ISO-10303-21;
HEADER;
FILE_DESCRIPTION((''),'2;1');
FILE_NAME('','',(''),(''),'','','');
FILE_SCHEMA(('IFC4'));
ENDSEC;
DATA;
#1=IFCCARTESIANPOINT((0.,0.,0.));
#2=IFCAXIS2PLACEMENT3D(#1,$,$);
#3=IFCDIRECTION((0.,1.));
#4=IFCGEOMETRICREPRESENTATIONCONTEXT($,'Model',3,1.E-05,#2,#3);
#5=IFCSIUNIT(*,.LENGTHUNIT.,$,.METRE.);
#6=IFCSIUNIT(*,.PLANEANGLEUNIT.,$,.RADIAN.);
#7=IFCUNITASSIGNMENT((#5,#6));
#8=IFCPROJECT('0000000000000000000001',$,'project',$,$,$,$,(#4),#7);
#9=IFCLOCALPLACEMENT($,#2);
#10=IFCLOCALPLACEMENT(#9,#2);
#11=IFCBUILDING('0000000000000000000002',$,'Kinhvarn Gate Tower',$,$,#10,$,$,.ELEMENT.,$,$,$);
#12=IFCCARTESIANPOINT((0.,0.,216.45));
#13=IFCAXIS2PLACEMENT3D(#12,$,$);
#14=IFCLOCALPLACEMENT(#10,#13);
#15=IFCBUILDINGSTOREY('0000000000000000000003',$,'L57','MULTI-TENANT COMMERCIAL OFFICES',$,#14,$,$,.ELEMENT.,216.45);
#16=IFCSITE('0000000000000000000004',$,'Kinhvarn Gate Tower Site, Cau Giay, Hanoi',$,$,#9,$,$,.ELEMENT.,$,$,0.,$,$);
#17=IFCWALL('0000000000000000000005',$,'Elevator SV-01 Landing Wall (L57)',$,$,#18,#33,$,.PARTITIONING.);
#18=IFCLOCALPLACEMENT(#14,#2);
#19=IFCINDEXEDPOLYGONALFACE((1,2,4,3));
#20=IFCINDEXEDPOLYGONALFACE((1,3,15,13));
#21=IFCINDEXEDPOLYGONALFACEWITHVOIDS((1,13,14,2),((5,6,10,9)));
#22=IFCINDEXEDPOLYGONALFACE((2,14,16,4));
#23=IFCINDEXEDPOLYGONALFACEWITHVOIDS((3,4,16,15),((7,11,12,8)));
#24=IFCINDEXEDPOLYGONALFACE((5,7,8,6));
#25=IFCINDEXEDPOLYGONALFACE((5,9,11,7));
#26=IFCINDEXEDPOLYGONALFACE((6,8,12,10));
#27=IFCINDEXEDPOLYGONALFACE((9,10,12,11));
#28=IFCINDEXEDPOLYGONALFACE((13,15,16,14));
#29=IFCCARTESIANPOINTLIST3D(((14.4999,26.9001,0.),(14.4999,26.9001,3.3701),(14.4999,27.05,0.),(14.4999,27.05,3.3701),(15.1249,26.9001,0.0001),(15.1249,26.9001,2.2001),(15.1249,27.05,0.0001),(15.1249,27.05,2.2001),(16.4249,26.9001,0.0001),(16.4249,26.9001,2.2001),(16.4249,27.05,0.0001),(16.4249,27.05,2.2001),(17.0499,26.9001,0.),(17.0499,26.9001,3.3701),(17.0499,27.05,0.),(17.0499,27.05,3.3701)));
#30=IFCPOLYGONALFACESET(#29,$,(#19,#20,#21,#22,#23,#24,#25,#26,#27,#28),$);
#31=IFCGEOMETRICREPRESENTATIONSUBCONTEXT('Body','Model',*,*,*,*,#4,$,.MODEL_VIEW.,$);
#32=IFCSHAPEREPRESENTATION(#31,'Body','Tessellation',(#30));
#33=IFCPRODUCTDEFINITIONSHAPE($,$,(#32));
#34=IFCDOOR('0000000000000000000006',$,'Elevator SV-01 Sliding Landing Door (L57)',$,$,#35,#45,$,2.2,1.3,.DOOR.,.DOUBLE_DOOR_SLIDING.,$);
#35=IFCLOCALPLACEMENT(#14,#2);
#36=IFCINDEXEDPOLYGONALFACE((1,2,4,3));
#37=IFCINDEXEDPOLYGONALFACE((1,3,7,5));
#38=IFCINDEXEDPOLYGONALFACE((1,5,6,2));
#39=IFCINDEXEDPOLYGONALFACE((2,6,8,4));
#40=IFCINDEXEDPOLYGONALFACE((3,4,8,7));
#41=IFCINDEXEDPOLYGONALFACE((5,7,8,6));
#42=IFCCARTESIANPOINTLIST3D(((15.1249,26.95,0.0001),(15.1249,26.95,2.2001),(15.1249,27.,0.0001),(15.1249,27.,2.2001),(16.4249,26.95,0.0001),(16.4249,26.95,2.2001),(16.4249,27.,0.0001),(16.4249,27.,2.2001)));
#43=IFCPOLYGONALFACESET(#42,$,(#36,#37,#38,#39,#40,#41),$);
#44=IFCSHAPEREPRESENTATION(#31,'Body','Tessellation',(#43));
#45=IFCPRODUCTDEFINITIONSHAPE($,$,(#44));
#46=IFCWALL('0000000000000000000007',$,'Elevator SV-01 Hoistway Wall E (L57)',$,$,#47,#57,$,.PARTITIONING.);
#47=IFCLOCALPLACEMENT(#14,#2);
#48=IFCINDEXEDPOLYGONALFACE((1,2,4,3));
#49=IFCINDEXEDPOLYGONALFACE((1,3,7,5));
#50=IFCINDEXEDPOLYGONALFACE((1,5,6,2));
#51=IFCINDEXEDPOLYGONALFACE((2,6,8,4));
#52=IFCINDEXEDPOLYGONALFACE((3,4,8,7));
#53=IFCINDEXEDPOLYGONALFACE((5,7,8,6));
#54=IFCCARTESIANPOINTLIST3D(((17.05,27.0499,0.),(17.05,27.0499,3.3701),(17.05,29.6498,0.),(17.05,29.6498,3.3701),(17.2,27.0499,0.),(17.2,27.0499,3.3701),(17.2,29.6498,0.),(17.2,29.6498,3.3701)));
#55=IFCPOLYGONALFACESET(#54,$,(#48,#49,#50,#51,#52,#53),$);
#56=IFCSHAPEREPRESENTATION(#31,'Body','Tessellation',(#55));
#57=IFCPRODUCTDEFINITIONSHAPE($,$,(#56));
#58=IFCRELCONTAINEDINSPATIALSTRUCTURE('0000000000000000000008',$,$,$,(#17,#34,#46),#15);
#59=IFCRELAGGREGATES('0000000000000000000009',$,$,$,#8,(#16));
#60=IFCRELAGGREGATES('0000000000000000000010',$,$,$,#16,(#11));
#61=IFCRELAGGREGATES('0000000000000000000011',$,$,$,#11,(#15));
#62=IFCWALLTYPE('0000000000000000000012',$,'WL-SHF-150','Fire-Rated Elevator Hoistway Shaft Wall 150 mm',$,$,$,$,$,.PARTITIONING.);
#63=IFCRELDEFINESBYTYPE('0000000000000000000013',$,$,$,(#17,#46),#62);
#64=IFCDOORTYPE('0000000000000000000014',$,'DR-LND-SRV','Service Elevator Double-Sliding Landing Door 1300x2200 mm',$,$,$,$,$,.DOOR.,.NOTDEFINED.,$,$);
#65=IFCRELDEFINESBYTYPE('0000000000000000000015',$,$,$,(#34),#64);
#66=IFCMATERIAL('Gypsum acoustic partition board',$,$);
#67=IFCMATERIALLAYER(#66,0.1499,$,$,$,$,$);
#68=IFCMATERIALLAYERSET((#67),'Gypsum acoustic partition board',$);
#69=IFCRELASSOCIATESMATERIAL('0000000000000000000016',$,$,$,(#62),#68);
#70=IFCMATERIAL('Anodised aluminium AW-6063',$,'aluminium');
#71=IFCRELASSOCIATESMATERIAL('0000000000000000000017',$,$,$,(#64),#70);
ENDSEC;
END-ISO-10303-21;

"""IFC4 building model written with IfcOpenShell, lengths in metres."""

from ifc_helpers import new_model, si_unit, direction, frame, frame_2d, origin, place, context, subcontext, project, spatial, rectangle, extrude, material, layer, layer_set, type_object, element, fill, save


model = new_model("IFC4")

# Units and contexts
model_context = context("Model", 3, precision=1e-05, world=origin(), true_north=direction((0.0, 1.0)))
body_context = subcontext(model_context, "Body", "Model", "MODEL_VIEW")
ifc_project = project(units=[si_unit("LENGTHUNIT", "METRE"), si_unit("PLANEANGLEUNIT", "RADIAN")], contexts=[model_context])

# Site, building, storey
site_placement = place(None, origin())
site = spatial("IfcSite", under=ifc_project, at=site_placement, Name="Kinhvarn Gate Tower Site, Cau Giay, Hanoi", CompositionType="ELEMENT", RefElevation=0.0)
building_placement = place(site_placement, origin())
building = spatial("IfcBuilding", under=site, at=building_placement, Name="Kinhvarn Gate Tower", CompositionType="ELEMENT")
storey_placement = place(building_placement, frame((0.0, 0.0, 216.45)))
storey = spatial("IfcBuildingStorey", under=building, at=storey_placement, Name="L57", Description="MULTI-TENANT COMMERCIAL OFFICES", CompositionType="ELEMENT", Elevation=216.45)

# Shared definitions
ifc_material_1 = material(Name="Anodised aluminium AW-6063", Category="aluminium")
ifc_material_2 = material(Name="Gypsum acoustic partition board")

# Shared definitions
ifc_layer_1 = layer(ifc_material_2, 0.1499)
ifc_layer_set_1 = layer_set([ifc_layer_1], Name="Gypsum acoustic partition board")
wall_type_1 = type_object("IfcWallType", Name="WL-SHF-150", Description="Fire-Rated Elevator Hoistway Shaft Wall 150 mm", PredefinedType="PARTITIONING", material=ifc_layer_set_1)

# Wall, opening, door
wall_1_placement = place(storey_placement, frame((14.5, 26.9751, 0.0), z_axis=(0.0, 0.0, 1.0), x_axis=(1.0, 0.0, 0.0)))
wall_1 = element("IfcWall", 1, at=wall_1_placement, inside=storey, type_object=wall_type_1, Name="Elevator SV-01 Landing Wall (L57)", PredefinedType="PARTITIONING", context=body_context, shape_type="SweptSolid", body=[
    extrude(rectangle(XDim=2.55, YDim=0.1499, at=frame_2d((1.2749, 0.0))), origin(), (0.0, 0.0, 1.0), 3.3701),
])
opening_1_placement = place(wall_1_placement, frame((0.625, 0.0, 0.0)))
opening_1 = element("IfcOpeningElement", 2, at=opening_1_placement, cuts=wall_1, PredefinedType="OPENING", context=body_context, shape_type="SweptSolid", body=[
    extrude(rectangle(XDim=1.3, YDim=2.2, at=frame_2d((0.6499, 1.1001))), frame((0.0, 0.085, 0.0), z_axis=(0.0, -1.0, 0.0), x_axis=(1.0, 0.0, 0.0)), (0.0, 0.0, 1.0), 0.1699),
])
door_type_1 = type_object("IfcDoorType", Name="DR-LND-SRV", Description="Service Elevator Double-Sliding Landing Door 1300x2200 mm", OperationType="NOTDEFINED", PredefinedType="DOOR", material=ifc_material_1)
door_1_placement = place(opening_1_placement, origin())
door_1 = element("IfcDoor", 3, at=door_1_placement, inside=storey, type_object=door_type_1, Name="Elevator SV-01 Sliding Landing Door (L57)", OperationType="DOUBLE_DOOR_SLIDING", OverallHeight=2.2, OverallWidth=1.3, PredefinedType="DOOR", context=body_context, shape_type="SweptSolid", body=[
    extrude(rectangle(XDim=1.3, YDim=2.2, at=frame_2d((0.6499, 1.1001))), frame((0.0, 0.0249, 0.0), z_axis=(0.0, -1.0, 0.0), x_axis=(1.0, 0.0, 0.0)), (0.0, 0.0, 1.0), 0.05),
])
fill(opening_1, door_1)

# Wall
wall_2_placement = place(storey_placement, frame((17.125, 27.05, 0.0), z_axis=(0.0, 0.0, 1.0), x_axis=(0.0, 1.0, 0.0)))
element("IfcWall", 4, at=wall_2_placement, inside=storey, type_object=wall_type_1, Name="Elevator SV-01 Hoistway Wall E (L57)", PredefinedType="PARTITIONING", context=body_context, shape_type="SweptSolid", body=[
    extrude(rectangle(XDim=2.5999, YDim=0.1499, at=frame_2d((1.2998, 0.0))), origin(), (0.0, 0.0, 1.0), 3.3701),
])

save(model, "model.ifc")
